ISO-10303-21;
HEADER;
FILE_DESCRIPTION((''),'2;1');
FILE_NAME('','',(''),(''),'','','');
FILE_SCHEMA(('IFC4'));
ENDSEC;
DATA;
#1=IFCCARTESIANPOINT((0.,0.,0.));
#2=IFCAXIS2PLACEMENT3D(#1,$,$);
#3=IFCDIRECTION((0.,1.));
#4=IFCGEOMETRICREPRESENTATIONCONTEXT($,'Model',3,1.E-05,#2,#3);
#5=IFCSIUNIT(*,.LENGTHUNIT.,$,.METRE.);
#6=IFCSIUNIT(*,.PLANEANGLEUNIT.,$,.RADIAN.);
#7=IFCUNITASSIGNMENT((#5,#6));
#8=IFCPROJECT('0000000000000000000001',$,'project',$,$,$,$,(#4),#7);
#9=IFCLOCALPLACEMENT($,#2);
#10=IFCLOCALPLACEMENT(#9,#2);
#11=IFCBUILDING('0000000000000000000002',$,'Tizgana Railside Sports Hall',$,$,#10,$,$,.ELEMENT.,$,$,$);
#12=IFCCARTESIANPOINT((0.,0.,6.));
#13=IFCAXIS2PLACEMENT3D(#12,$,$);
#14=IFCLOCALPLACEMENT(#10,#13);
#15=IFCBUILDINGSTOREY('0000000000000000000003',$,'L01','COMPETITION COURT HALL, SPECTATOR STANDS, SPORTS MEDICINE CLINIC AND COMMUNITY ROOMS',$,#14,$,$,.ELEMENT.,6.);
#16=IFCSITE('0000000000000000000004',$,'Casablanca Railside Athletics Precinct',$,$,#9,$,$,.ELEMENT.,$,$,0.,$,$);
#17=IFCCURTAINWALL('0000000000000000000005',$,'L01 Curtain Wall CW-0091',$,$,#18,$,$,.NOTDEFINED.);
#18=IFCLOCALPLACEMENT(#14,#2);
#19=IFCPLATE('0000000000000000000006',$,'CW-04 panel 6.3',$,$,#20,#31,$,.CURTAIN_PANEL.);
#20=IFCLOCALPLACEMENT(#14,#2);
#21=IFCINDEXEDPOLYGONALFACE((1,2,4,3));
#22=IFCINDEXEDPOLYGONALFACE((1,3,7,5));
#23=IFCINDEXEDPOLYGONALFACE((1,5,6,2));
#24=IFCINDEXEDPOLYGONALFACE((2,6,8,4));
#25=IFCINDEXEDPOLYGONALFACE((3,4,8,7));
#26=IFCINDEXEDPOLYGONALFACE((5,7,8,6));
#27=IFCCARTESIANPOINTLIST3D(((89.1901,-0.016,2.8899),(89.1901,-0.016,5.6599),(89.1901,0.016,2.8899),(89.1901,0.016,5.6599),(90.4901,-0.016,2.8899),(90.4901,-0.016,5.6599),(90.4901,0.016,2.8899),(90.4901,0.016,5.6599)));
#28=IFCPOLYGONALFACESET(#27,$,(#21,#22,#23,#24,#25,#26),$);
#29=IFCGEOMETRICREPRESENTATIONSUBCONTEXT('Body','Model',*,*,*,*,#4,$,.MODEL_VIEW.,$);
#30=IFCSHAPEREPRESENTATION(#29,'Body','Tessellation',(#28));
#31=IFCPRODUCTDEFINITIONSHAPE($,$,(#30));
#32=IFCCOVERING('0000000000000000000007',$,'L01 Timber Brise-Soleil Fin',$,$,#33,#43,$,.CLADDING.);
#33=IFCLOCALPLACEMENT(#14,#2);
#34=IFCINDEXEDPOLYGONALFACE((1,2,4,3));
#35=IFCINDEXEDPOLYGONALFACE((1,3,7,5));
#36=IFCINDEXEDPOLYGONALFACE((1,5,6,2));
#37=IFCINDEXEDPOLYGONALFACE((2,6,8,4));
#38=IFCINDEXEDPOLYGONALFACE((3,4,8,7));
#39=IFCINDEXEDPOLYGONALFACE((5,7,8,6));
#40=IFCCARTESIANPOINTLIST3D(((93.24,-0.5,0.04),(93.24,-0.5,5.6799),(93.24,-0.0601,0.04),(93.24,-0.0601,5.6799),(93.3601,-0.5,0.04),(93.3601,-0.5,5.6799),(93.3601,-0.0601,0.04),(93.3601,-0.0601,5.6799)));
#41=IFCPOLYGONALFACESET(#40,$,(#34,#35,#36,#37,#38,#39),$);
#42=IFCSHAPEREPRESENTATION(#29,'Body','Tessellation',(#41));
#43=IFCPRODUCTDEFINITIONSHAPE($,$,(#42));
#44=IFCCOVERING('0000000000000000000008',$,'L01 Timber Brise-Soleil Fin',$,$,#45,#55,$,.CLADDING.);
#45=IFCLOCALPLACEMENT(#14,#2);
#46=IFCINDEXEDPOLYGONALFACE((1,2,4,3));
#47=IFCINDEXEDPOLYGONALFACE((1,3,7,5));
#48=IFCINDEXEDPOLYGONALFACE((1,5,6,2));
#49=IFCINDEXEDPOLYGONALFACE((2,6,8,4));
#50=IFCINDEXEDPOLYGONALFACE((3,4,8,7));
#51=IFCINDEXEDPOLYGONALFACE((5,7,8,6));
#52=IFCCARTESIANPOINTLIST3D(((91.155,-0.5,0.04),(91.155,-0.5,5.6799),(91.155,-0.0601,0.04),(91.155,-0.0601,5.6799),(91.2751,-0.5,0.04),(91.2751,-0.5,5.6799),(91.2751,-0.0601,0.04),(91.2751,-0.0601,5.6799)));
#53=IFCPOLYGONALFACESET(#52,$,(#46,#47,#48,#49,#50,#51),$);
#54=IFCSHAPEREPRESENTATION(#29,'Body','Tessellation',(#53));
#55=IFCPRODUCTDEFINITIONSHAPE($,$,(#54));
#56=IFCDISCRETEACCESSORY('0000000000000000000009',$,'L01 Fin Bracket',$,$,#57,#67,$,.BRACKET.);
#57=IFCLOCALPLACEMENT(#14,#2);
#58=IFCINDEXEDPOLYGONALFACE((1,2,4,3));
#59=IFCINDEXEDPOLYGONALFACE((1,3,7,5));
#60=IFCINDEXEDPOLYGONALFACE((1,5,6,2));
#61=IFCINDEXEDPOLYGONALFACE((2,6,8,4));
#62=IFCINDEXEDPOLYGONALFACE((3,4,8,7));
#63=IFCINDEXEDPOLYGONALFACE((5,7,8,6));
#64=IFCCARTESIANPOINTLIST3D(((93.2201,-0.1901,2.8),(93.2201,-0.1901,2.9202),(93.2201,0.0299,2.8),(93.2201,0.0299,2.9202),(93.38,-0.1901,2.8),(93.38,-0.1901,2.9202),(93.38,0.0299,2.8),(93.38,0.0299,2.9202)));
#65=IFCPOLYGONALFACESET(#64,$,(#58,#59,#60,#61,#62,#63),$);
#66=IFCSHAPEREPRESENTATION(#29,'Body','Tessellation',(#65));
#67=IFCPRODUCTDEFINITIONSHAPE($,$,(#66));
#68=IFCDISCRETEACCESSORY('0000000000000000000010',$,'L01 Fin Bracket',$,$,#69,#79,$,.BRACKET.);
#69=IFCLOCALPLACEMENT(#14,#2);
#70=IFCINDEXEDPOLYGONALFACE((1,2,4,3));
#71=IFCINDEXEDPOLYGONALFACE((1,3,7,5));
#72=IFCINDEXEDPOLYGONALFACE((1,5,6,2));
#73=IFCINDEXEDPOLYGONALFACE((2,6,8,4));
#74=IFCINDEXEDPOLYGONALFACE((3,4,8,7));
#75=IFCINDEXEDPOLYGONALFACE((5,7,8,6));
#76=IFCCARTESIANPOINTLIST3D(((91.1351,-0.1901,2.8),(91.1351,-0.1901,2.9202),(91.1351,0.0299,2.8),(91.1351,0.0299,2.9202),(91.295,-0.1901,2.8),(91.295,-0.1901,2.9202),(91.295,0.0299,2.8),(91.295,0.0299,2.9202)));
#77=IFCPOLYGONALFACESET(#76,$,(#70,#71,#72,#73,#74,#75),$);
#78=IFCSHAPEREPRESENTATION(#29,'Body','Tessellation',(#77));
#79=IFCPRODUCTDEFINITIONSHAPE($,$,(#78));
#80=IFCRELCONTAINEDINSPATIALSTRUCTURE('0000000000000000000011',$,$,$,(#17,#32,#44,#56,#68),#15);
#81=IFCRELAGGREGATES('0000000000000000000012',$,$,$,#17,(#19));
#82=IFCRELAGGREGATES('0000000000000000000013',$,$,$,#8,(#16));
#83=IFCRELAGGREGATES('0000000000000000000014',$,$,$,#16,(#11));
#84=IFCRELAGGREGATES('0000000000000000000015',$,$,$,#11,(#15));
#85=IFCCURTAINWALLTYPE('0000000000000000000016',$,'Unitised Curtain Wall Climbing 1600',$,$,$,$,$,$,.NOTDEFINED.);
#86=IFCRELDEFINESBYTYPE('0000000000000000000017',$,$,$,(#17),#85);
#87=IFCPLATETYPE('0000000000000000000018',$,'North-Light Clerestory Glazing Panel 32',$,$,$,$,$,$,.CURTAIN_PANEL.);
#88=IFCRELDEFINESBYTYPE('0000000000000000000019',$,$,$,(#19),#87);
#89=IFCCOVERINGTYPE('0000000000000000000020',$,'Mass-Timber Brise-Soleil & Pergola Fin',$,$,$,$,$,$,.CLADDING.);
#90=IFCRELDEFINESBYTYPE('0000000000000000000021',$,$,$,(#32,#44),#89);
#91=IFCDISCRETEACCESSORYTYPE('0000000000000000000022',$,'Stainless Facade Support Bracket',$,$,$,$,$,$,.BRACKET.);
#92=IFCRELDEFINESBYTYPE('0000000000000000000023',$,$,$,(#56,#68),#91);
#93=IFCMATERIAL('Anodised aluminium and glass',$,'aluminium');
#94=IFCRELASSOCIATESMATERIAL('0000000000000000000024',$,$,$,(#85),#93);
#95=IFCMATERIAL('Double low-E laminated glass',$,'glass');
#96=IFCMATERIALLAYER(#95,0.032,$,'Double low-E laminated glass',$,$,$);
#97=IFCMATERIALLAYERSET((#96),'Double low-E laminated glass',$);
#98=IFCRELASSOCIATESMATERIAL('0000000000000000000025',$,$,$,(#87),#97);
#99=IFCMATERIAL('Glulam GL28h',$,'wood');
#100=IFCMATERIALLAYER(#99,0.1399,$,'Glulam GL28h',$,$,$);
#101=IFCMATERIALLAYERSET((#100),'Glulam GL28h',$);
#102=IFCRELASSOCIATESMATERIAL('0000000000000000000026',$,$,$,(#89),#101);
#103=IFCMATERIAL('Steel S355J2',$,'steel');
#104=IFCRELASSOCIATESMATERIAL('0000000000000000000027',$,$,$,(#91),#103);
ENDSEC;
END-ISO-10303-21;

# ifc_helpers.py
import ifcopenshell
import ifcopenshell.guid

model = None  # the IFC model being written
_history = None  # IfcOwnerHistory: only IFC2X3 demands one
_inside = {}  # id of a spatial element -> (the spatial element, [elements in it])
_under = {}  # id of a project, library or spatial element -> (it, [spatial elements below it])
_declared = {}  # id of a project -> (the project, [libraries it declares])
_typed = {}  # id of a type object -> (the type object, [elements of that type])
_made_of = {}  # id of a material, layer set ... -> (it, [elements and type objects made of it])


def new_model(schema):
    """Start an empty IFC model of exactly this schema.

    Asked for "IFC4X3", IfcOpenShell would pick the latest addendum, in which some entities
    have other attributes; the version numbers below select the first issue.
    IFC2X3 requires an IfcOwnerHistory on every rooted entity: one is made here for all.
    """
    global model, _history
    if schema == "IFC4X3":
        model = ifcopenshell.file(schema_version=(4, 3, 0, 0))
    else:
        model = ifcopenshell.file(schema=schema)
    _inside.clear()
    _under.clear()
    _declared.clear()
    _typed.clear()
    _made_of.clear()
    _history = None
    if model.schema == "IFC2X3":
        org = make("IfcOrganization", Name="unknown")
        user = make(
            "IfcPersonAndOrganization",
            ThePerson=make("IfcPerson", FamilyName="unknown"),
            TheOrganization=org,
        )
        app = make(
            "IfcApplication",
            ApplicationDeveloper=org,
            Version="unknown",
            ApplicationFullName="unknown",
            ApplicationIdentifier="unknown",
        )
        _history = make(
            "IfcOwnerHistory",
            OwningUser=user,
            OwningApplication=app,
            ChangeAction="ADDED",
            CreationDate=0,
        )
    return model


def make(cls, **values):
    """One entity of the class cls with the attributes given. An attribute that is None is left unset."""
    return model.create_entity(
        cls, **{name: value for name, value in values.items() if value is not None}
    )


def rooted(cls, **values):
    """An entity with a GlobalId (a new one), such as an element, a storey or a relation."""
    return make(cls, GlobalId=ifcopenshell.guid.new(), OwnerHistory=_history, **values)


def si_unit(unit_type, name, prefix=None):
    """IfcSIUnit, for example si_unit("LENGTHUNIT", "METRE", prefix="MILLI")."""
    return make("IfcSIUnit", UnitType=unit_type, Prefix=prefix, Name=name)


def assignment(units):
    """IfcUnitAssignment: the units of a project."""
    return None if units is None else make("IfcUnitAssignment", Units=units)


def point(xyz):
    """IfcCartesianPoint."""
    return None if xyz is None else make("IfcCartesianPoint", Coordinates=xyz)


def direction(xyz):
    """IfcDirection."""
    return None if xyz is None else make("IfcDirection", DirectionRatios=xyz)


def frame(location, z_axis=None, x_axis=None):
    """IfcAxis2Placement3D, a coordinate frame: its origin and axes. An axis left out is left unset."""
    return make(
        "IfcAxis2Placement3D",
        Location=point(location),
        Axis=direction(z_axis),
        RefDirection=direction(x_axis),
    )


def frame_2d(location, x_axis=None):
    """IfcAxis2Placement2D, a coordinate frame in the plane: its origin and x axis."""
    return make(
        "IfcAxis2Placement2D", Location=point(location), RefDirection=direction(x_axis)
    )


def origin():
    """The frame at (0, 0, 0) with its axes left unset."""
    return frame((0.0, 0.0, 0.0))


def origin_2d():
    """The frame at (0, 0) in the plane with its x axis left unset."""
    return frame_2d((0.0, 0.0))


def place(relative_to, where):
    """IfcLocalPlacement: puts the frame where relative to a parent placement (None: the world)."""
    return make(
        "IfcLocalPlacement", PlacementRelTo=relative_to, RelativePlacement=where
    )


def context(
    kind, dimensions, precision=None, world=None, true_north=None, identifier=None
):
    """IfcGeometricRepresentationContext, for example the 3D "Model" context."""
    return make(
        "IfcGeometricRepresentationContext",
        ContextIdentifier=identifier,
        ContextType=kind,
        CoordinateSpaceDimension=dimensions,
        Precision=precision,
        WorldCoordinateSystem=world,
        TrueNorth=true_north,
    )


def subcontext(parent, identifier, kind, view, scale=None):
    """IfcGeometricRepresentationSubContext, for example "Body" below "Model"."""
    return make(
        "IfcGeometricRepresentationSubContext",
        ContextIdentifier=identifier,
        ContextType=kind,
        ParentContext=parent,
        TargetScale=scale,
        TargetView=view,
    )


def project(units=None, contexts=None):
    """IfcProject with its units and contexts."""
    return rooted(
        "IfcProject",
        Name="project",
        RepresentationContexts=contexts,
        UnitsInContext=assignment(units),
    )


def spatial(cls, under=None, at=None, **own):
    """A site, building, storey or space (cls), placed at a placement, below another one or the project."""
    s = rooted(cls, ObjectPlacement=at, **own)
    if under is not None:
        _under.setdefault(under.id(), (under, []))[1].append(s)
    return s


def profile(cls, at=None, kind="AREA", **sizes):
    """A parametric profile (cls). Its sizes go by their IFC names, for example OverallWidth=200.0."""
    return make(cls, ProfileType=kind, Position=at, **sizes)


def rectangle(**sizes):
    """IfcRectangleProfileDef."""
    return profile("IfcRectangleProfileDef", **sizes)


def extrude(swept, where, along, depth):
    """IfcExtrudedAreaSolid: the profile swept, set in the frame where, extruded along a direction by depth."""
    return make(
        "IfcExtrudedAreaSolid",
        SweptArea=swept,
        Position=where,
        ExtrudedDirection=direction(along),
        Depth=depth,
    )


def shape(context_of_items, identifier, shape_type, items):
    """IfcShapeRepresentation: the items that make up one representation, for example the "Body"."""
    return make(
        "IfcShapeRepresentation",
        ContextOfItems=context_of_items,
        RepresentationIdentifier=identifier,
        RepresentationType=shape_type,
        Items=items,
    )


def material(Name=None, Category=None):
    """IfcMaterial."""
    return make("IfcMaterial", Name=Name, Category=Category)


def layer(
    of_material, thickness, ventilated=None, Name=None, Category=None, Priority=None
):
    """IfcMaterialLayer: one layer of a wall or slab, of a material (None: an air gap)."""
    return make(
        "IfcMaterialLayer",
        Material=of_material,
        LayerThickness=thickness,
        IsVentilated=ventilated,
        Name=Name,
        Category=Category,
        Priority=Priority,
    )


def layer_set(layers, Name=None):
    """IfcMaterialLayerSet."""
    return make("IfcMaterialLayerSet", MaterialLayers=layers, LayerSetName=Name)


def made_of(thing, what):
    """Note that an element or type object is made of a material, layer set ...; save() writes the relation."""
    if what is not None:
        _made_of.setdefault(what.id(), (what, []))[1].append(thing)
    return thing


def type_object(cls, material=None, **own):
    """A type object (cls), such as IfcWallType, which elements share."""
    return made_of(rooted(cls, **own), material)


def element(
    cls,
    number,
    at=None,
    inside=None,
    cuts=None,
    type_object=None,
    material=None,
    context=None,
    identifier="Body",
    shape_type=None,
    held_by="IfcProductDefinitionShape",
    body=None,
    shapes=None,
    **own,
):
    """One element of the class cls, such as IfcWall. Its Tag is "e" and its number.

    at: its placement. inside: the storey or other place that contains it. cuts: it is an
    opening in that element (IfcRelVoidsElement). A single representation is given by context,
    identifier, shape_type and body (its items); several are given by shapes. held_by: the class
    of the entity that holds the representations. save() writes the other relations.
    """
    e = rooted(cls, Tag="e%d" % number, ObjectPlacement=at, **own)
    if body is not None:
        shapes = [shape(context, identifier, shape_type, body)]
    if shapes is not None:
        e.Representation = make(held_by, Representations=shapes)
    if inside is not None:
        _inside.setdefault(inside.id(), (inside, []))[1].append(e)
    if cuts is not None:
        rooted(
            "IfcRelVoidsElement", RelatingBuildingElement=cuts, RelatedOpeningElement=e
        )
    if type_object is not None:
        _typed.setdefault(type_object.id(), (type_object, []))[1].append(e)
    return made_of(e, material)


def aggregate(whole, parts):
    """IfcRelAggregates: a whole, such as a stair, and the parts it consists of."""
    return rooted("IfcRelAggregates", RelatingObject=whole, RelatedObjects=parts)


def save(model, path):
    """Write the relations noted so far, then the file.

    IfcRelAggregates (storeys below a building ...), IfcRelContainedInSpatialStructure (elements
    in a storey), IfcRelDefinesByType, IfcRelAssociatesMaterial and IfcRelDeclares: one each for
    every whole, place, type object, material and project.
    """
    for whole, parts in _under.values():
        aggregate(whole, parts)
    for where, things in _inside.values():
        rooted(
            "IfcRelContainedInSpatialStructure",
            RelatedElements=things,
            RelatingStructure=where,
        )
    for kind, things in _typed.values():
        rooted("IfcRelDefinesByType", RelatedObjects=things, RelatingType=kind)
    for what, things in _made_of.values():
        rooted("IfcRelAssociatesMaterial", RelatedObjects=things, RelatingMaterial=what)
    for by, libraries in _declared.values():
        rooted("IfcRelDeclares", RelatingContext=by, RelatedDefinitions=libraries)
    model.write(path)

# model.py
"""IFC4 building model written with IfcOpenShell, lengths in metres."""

from ifc_helpers import new_model, si_unit, direction, frame, origin, origin_2d, place, context, subcontext, project, spatial, rectangle, extrude, material, layer, layer_set, type_object, element, aggregate, save


model = new_model("IFC4")

# Units and contexts
model_context = context("Model", 3, precision=1e-05, world=origin(), true_north=direction((0.0, 1.0)))
body_context = subcontext(model_context, "Body", "Model", "MODEL_VIEW")
ifc_project = project(units=[si_unit("LENGTHUNIT", "METRE"), si_unit("PLANEANGLEUNIT", "RADIAN")], contexts=[model_context])

# Site, building, storey
site_placement = place(None, origin())
site = spatial("IfcSite", under=ifc_project, at=site_placement, Name="Casablanca Railside Athletics Precinct", CompositionType="ELEMENT", RefElevation=0.0)
building_placement = place(site_placement, origin())
building = spatial("IfcBuilding", under=site, at=building_placement, Name="Tizgana Railside Sports Hall", CompositionType="ELEMENT")
storey_placement = place(building_placement, frame((0.0, 0.0, 6.0)))
storey = spatial("IfcBuildingStorey", under=building, at=storey_placement, Name="L01", Description="COMPETITION COURT HALL, SPECTATOR STANDS, SPORTS MEDICINE CLINIC AND COMMUNITY ROOMS", CompositionType="ELEMENT", Elevation=6.0)

# Curtain wall, plate
ifc_material_1 = material(Name="Anodised aluminium and glass", Category="aluminium")
curtain_wall_type = type_object("IfcCurtainWallType", Name="Unitised Curtain Wall Climbing 1600", PredefinedType="NOTDEFINED", material=ifc_material_1)
curtain_wall_placement = place(storey_placement, origin())
curtain_wall = element("IfcCurtainWall", 1, at=curtain_wall_placement, inside=storey, type_object=curtain_wall_type, Name="L01 Curtain Wall CW-0091", PredefinedType="NOTDEFINED")
ifc_material_2 = material(Name="Double low-E laminated glass", Category="glass")
ifc_layer_1 = layer(ifc_material_2, 0.032, Name="Double low-E laminated glass")
ifc_layer_set_1 = layer_set([ifc_layer_1], Name="Double low-E laminated glass")
plate_type = type_object("IfcPlateType", Name="North-Light Clerestory Glazing Panel 32", PredefinedType="CURTAIN_PANEL", material=ifc_layer_set_1)
plate_1_placement = place(storey_placement, frame((89.8401, 0.0, 2.8899), z_axis=(0.0, 0.0, 1.0), x_axis=(-1.0, 0.0, 0.0)))
plate_1 = element("IfcPlate", 2, at=plate_1_placement, type_object=plate_type, Name="CW-04 panel 6.3", PredefinedType="CURTAIN_PANEL", context=body_context, shape_type="SweptSolid", body=[
    extrude(rectangle(XDim=1.3, YDim=0.032, at=origin_2d()), origin(), (0.0, 0.0, 1.0), 2.77),
])
aggregate(curtain_wall, [plate_1])

# Coverings
ifc_material_3 = material(Name="Glulam GL28h", Category="wood")
ifc_layer_2 = layer(ifc_material_3, 0.1399, Name="Glulam GL28h")
ifc_layer_set_2 = layer_set([ifc_layer_2], Name="Glulam GL28h")
covering_type = type_object("IfcCoveringType", Name="Mass-Timber Brise-Soleil & Pergola Fin", PredefinedType="CLADDING", material=ifc_layer_set_2)
for number, where, z_axis, x_axis, name in (
    (3, (93.3, -0.28, 0.04), (0.0, 0.0, 1.0), (-1.0, 0.0, 0.0), "L01 Timber Brise-Soleil Fin"),
    (4, (91.2151, -0.28, 0.04), (0.0, 0.0, 1.0), (-1.0, 0.0, 0.0), "L01 Timber Brise-Soleil Fin"),
):
    element("IfcCovering", number, at=place(storey_placement, frame(where, z_axis=z_axis, x_axis=x_axis)), inside=storey, type_object=covering_type, Name=name, PredefinedType="CLADDING", context=body_context, shape_type="SweptSolid", body=[
        extrude(rectangle(XDim=0.1201, YDim=0.4399, at=origin_2d()), origin(), (0.0, 0.0, 1.0), 5.6399),
    ])

# Discrete accessories
ifc_material_4 = material(Name="Steel S355J2", Category="steel")
discrete_accessory_type = type_object("IfcDiscreteAccessoryType", Name="Stainless Facade Support Bracket", PredefinedType="BRACKET", material=ifc_material_4)
for number, where, z_axis, x_axis, name in (
    (5, (93.3, -0.0801, 2.8), (0.0, 0.0, 1.0), (-1.0, 0.0, 0.0), "L01 Fin Bracket"),
    (6, (91.2151, -0.0801, 2.8), (0.0, 0.0, 1.0), (-1.0, 0.0, 0.0), "L01 Fin Bracket"),
):
    element("IfcDiscreteAccessory", number, at=place(storey_placement, frame(where, z_axis=z_axis, x_axis=x_axis)), inside=storey, type_object=discrete_accessory_type, Name=name, PredefinedType="BRACKET", context=body_context, shape_type="SweptSolid", body=[
        extrude(rectangle(XDim=0.1599, YDim=0.22, at=origin_2d()), origin(), (0.0, 0.0, 1.0), 0.1201),
    ])

save(model, "model.ifc")
